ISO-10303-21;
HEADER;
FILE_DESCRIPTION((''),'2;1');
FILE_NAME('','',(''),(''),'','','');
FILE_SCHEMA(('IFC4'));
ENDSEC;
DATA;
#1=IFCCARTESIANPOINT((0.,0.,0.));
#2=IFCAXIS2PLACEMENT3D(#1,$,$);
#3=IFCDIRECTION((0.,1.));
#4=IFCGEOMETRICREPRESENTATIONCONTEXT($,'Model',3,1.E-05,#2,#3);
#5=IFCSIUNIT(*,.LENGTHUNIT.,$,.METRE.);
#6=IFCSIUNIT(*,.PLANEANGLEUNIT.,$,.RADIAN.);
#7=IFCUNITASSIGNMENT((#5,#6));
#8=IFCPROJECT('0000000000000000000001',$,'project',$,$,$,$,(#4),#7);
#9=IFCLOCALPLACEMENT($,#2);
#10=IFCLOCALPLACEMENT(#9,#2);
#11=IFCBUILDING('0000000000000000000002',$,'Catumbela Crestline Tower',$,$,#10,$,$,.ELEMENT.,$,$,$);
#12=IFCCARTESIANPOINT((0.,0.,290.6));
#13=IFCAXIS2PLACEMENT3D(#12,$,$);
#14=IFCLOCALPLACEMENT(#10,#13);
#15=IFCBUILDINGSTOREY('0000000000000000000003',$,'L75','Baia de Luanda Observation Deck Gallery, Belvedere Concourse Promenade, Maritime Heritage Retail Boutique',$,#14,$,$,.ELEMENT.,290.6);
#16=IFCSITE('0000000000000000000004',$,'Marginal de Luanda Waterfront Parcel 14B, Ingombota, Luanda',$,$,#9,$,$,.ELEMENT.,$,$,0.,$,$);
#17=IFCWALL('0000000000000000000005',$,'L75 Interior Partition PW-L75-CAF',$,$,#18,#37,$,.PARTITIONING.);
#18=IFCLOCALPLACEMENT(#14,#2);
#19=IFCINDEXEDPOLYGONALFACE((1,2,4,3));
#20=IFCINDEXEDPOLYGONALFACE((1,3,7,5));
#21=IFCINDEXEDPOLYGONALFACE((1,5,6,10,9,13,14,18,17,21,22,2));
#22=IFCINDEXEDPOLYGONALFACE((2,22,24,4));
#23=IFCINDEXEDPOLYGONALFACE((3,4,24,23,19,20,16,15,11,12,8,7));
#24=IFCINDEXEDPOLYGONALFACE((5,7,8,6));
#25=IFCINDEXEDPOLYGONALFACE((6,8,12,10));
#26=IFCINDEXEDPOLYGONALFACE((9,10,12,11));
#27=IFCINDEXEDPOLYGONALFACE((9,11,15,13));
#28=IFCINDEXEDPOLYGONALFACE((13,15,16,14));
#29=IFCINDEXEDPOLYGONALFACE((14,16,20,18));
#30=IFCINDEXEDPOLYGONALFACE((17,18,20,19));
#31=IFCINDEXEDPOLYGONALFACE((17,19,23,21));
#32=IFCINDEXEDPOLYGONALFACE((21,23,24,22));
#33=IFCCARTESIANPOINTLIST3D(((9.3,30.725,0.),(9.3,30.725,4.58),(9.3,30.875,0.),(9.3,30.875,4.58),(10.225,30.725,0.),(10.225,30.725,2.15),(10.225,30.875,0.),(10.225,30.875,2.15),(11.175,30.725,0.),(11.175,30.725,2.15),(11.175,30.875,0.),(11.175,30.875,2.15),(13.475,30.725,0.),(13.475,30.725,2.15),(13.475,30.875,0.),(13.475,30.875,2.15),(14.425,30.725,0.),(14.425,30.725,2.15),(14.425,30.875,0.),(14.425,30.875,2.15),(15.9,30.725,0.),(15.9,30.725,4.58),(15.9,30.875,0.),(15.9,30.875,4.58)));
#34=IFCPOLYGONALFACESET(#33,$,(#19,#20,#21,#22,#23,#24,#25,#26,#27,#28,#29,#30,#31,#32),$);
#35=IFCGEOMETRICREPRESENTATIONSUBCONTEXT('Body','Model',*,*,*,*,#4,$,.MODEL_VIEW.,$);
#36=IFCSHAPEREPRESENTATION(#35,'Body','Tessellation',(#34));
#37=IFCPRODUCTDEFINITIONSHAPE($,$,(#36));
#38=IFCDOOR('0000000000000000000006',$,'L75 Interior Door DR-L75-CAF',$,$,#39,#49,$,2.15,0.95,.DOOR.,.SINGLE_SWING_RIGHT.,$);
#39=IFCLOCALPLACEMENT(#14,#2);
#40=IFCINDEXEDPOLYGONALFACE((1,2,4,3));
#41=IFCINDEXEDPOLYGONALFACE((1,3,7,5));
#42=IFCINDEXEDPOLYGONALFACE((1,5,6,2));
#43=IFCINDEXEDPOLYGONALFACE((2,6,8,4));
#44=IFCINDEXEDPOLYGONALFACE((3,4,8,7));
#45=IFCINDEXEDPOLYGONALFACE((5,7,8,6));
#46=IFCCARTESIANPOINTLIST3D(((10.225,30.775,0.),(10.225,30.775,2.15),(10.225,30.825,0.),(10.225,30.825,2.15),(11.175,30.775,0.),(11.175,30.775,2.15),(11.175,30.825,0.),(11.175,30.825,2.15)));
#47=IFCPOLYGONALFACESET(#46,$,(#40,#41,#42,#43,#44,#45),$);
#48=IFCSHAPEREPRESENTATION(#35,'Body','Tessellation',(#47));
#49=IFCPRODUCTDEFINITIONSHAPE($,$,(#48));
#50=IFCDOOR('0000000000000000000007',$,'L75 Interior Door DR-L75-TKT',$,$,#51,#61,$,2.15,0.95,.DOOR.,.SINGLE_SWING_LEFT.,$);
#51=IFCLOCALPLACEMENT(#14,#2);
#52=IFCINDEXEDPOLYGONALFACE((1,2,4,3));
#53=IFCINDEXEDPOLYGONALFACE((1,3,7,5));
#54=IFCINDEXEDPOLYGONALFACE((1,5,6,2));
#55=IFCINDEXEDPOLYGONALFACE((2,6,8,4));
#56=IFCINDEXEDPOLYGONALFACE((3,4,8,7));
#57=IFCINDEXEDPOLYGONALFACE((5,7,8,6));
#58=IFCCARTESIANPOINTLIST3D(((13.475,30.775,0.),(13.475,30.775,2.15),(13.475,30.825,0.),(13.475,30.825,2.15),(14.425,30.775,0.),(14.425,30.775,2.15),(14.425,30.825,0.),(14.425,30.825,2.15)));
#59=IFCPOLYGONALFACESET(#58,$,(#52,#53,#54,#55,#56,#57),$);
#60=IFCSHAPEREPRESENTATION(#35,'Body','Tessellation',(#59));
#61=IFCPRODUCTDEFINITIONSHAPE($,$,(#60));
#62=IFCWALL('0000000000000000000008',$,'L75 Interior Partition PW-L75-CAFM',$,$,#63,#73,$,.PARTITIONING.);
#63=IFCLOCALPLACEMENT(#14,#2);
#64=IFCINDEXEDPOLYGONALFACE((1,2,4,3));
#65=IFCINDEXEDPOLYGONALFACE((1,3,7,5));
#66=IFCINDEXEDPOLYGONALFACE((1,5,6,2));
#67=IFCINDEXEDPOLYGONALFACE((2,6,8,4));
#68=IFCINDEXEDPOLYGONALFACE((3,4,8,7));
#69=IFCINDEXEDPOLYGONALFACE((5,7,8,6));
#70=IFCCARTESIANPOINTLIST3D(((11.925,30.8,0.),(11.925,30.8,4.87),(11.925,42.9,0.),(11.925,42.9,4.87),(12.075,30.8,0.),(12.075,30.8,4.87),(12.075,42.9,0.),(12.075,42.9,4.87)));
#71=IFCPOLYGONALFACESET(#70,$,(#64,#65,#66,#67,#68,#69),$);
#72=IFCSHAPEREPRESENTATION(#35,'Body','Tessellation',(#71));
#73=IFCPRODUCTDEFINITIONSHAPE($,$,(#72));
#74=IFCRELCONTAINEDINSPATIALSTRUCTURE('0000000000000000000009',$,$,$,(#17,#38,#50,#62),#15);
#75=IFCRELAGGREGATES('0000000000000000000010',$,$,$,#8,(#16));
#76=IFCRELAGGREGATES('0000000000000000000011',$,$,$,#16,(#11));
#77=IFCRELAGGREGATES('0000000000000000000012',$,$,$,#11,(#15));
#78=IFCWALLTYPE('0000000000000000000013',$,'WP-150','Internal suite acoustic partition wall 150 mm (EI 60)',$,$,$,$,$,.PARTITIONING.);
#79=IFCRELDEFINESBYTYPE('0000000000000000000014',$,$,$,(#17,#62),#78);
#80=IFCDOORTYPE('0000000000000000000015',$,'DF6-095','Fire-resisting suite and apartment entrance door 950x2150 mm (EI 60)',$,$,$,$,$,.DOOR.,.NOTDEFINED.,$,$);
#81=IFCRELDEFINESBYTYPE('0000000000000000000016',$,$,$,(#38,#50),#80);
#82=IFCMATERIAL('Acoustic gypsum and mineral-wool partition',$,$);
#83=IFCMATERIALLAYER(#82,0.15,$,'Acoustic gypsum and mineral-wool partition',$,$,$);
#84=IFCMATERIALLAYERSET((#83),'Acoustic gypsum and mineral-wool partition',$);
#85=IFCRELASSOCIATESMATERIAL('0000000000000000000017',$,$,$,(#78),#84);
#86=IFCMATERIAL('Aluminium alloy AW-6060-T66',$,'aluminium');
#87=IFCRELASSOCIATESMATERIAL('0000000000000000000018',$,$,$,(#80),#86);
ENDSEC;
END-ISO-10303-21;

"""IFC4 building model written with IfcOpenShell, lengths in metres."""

from ifc_helpers import new_model, si_unit, direction, frame, frame_2d, origin, place, context, subcontext, project, spatial, rectangle, extrude, material, layer, layer_set, type_object, element, fill, save


model = new_model("IFC4")

# Units and contexts
model_context = context("Model", 3, precision=1e-05, world=origin(), true_north=direction((0.0, 1.0)))
body_context = subcontext(model_context, "Body", "Model", "MODEL_VIEW")
ifc_project = project(units=[si_unit("LENGTHUNIT", "METRE"), si_unit("PLANEANGLEUNIT", "RADIAN")], contexts=[model_context])

# Site, building, storey
site_placement = place(None, origin())
site = spatial("IfcSite", under=ifc_project, at=site_placement, Name="Marginal de Luanda Waterfront Parcel 14B, Ingombota, Luanda", CompositionType="ELEMENT", RefElevation=0.0)
building_placement = place(site_placement, origin())
building = spatial("IfcBuilding", under=site, at=building_placement, Name="Catumbela Crestline Tower", CompositionType="ELEMENT")
storey_placement = place(building_placement, frame((0.0, 0.0, 290.6)))
storey = spatial("IfcBuildingStorey", under=building, at=storey_placement, Name="L75", Description="Baia de Luanda Observation Deck Gallery, Belvedere Concourse Promenade, Maritime Heritage Retail Boutique", CompositionType="ELEMENT", Elevation=290.6)

# Shared definitions
ifc_material_1 = material(Name="Aluminium alloy AW-6060-T66", Category="aluminium")

# Wall, openings, doors
ifc_material_2 = material(Name="Acoustic gypsum and mineral-wool partition")
ifc_layer_1 = layer(ifc_material_2, 0.15, Name="Acoustic gypsum and mineral-wool partition")
ifc_layer_set_1 = layer_set([ifc_layer_1], Name="Acoustic gypsum and mineral-wool partition")
wall_type_1 = type_object("IfcWallType", Name="WP-150", Description="Internal suite acoustic partition wall 150 mm (EI 60)", PredefinedType="PARTITIONING", material=ifc_layer_set_1)
wall_1_placement = place(storey_placement, frame((9.3, 30.8, 0.0), z_axis=(0.0, 0.0, 1.0), x_axis=(1.0, 0.0, 0.0)))
wall_1 = element("IfcWall", 1, at=wall_1_placement, inside=storey, type_object=wall_type_1, Name="L75 Interior Partition PW-L75-CAF", PredefinedType="PARTITIONING", context=body_context, shape_type="SweptSolid", body=[
    extrude(rectangle(XDim=6.6, YDim=0.15, at=frame_2d((3.3, 0.0))), origin(), (0.0, 0.0, 1.0), 4.58),
])
opening_1_placement = place(wall_1_placement, frame((0.925, 0.0, 0.0)))
opening_1 = element("IfcOpeningElement", 2, at=opening_1_placement, cuts=wall_1, PredefinedType="OPENING", context=body_context, shape_type="SweptSolid", body=[
    extrude(rectangle(XDim=0.95, YDim=2.15, at=frame_2d((0.475, 1.075))), frame((0.0, 0.085, 0.0), z_axis=(0.0, -1.0, 0.0), x_axis=(1.0, 0.0, 0.0)), (0.0, 0.0, 1.0), 0.17),
])
opening_2_placement = place(wall_1_placement, frame((4.175, 0.0, 0.0)))
opening_2 = element("IfcOpeningElement", 3, at=opening_2_placement, cuts=wall_1, PredefinedType="OPENING", context=body_context, shape_type="SweptSolid", body=[
    extrude(rectangle(XDim=0.95, YDim=2.15, at=frame_2d((0.475, 1.075))), frame((0.0, 0.085, 0.0), z_axis=(0.0, -1.0, 0.0), x_axis=(1.0, 0.0, 0.0)), (0.0, 0.0, 1.0), 0.17),
])
door_type = type_object("IfcDoorType", Name="DF6-095", Description="Fire-resisting suite and apartment entrance door 950x2150 mm (EI 60)", OperationType="NOTDEFINED", PredefinedType="DOOR", material=ifc_material_1)
door_1_placement = place(opening_1_placement, origin())
door_1 = element("IfcDoor", 4, at=door_1_placement, inside=storey, type_object=door_type, Name="L75 Interior Door DR-L75-CAF", OperationType="SINGLE_SWING_RIGHT", OverallHeight=2.15, OverallWidth=0.95, PredefinedType="DOOR", context=body_context, shape_type="SweptSolid", body=[
    extrude(rectangle(XDim=0.95, YDim=2.15, at=frame_2d((0.475, 1.075))), frame((0.0, 0.025, 0.0), z_axis=(0.0, -1.0, 0.0), x_axis=(1.0, 0.0, 0.0)), (0.0, 0.0, 1.0), 0.05),
])
fill(opening_1, door_1)
door_2_placement = place(opening_2_placement, origin())
door_2 = element("IfcDoor", 5, at=door_2_placement, inside=storey, type_object=door_type, Name="L75 Interior Door DR-L75-TKT", OperationType="SINGLE_SWING_LEFT", OverallHeight=2.15, OverallWidth=0.95, PredefinedType="DOOR", context=body_context, shape_type="SweptSolid", body=[
    extrude(rectangle(XDim=0.95, YDim=2.15, at=frame_2d((0.475, 1.075))), frame((0.0, 0.025, 0.0), z_axis=(0.0, -1.0, 0.0), x_axis=(1.0, 0.0, 0.0)), (0.0, 0.0, 1.0), 0.05),
])
fill(opening_2, door_2)

# Wall
wall_2_placement = place(storey_placement, frame((12.0, 30.8, 0.0), z_axis=(0.0, 0.0, 1.0), x_axis=(0.0, 1.0, 0.0)))
element("IfcWall", 6, at=wall_2_placement, inside=storey, type_object=wall_type_1, Name="L75 Interior Partition PW-L75-CAFM", PredefinedType="PARTITIONING", context=body_context, shape_type="SweptSolid", body=[
    extrude(rectangle(XDim=12.1, YDim=0.15, at=frame_2d((6.05, 0.0))), origin(), (0.0, 0.0, 1.0), 4.87),
])

save(model, "model.ifc")
